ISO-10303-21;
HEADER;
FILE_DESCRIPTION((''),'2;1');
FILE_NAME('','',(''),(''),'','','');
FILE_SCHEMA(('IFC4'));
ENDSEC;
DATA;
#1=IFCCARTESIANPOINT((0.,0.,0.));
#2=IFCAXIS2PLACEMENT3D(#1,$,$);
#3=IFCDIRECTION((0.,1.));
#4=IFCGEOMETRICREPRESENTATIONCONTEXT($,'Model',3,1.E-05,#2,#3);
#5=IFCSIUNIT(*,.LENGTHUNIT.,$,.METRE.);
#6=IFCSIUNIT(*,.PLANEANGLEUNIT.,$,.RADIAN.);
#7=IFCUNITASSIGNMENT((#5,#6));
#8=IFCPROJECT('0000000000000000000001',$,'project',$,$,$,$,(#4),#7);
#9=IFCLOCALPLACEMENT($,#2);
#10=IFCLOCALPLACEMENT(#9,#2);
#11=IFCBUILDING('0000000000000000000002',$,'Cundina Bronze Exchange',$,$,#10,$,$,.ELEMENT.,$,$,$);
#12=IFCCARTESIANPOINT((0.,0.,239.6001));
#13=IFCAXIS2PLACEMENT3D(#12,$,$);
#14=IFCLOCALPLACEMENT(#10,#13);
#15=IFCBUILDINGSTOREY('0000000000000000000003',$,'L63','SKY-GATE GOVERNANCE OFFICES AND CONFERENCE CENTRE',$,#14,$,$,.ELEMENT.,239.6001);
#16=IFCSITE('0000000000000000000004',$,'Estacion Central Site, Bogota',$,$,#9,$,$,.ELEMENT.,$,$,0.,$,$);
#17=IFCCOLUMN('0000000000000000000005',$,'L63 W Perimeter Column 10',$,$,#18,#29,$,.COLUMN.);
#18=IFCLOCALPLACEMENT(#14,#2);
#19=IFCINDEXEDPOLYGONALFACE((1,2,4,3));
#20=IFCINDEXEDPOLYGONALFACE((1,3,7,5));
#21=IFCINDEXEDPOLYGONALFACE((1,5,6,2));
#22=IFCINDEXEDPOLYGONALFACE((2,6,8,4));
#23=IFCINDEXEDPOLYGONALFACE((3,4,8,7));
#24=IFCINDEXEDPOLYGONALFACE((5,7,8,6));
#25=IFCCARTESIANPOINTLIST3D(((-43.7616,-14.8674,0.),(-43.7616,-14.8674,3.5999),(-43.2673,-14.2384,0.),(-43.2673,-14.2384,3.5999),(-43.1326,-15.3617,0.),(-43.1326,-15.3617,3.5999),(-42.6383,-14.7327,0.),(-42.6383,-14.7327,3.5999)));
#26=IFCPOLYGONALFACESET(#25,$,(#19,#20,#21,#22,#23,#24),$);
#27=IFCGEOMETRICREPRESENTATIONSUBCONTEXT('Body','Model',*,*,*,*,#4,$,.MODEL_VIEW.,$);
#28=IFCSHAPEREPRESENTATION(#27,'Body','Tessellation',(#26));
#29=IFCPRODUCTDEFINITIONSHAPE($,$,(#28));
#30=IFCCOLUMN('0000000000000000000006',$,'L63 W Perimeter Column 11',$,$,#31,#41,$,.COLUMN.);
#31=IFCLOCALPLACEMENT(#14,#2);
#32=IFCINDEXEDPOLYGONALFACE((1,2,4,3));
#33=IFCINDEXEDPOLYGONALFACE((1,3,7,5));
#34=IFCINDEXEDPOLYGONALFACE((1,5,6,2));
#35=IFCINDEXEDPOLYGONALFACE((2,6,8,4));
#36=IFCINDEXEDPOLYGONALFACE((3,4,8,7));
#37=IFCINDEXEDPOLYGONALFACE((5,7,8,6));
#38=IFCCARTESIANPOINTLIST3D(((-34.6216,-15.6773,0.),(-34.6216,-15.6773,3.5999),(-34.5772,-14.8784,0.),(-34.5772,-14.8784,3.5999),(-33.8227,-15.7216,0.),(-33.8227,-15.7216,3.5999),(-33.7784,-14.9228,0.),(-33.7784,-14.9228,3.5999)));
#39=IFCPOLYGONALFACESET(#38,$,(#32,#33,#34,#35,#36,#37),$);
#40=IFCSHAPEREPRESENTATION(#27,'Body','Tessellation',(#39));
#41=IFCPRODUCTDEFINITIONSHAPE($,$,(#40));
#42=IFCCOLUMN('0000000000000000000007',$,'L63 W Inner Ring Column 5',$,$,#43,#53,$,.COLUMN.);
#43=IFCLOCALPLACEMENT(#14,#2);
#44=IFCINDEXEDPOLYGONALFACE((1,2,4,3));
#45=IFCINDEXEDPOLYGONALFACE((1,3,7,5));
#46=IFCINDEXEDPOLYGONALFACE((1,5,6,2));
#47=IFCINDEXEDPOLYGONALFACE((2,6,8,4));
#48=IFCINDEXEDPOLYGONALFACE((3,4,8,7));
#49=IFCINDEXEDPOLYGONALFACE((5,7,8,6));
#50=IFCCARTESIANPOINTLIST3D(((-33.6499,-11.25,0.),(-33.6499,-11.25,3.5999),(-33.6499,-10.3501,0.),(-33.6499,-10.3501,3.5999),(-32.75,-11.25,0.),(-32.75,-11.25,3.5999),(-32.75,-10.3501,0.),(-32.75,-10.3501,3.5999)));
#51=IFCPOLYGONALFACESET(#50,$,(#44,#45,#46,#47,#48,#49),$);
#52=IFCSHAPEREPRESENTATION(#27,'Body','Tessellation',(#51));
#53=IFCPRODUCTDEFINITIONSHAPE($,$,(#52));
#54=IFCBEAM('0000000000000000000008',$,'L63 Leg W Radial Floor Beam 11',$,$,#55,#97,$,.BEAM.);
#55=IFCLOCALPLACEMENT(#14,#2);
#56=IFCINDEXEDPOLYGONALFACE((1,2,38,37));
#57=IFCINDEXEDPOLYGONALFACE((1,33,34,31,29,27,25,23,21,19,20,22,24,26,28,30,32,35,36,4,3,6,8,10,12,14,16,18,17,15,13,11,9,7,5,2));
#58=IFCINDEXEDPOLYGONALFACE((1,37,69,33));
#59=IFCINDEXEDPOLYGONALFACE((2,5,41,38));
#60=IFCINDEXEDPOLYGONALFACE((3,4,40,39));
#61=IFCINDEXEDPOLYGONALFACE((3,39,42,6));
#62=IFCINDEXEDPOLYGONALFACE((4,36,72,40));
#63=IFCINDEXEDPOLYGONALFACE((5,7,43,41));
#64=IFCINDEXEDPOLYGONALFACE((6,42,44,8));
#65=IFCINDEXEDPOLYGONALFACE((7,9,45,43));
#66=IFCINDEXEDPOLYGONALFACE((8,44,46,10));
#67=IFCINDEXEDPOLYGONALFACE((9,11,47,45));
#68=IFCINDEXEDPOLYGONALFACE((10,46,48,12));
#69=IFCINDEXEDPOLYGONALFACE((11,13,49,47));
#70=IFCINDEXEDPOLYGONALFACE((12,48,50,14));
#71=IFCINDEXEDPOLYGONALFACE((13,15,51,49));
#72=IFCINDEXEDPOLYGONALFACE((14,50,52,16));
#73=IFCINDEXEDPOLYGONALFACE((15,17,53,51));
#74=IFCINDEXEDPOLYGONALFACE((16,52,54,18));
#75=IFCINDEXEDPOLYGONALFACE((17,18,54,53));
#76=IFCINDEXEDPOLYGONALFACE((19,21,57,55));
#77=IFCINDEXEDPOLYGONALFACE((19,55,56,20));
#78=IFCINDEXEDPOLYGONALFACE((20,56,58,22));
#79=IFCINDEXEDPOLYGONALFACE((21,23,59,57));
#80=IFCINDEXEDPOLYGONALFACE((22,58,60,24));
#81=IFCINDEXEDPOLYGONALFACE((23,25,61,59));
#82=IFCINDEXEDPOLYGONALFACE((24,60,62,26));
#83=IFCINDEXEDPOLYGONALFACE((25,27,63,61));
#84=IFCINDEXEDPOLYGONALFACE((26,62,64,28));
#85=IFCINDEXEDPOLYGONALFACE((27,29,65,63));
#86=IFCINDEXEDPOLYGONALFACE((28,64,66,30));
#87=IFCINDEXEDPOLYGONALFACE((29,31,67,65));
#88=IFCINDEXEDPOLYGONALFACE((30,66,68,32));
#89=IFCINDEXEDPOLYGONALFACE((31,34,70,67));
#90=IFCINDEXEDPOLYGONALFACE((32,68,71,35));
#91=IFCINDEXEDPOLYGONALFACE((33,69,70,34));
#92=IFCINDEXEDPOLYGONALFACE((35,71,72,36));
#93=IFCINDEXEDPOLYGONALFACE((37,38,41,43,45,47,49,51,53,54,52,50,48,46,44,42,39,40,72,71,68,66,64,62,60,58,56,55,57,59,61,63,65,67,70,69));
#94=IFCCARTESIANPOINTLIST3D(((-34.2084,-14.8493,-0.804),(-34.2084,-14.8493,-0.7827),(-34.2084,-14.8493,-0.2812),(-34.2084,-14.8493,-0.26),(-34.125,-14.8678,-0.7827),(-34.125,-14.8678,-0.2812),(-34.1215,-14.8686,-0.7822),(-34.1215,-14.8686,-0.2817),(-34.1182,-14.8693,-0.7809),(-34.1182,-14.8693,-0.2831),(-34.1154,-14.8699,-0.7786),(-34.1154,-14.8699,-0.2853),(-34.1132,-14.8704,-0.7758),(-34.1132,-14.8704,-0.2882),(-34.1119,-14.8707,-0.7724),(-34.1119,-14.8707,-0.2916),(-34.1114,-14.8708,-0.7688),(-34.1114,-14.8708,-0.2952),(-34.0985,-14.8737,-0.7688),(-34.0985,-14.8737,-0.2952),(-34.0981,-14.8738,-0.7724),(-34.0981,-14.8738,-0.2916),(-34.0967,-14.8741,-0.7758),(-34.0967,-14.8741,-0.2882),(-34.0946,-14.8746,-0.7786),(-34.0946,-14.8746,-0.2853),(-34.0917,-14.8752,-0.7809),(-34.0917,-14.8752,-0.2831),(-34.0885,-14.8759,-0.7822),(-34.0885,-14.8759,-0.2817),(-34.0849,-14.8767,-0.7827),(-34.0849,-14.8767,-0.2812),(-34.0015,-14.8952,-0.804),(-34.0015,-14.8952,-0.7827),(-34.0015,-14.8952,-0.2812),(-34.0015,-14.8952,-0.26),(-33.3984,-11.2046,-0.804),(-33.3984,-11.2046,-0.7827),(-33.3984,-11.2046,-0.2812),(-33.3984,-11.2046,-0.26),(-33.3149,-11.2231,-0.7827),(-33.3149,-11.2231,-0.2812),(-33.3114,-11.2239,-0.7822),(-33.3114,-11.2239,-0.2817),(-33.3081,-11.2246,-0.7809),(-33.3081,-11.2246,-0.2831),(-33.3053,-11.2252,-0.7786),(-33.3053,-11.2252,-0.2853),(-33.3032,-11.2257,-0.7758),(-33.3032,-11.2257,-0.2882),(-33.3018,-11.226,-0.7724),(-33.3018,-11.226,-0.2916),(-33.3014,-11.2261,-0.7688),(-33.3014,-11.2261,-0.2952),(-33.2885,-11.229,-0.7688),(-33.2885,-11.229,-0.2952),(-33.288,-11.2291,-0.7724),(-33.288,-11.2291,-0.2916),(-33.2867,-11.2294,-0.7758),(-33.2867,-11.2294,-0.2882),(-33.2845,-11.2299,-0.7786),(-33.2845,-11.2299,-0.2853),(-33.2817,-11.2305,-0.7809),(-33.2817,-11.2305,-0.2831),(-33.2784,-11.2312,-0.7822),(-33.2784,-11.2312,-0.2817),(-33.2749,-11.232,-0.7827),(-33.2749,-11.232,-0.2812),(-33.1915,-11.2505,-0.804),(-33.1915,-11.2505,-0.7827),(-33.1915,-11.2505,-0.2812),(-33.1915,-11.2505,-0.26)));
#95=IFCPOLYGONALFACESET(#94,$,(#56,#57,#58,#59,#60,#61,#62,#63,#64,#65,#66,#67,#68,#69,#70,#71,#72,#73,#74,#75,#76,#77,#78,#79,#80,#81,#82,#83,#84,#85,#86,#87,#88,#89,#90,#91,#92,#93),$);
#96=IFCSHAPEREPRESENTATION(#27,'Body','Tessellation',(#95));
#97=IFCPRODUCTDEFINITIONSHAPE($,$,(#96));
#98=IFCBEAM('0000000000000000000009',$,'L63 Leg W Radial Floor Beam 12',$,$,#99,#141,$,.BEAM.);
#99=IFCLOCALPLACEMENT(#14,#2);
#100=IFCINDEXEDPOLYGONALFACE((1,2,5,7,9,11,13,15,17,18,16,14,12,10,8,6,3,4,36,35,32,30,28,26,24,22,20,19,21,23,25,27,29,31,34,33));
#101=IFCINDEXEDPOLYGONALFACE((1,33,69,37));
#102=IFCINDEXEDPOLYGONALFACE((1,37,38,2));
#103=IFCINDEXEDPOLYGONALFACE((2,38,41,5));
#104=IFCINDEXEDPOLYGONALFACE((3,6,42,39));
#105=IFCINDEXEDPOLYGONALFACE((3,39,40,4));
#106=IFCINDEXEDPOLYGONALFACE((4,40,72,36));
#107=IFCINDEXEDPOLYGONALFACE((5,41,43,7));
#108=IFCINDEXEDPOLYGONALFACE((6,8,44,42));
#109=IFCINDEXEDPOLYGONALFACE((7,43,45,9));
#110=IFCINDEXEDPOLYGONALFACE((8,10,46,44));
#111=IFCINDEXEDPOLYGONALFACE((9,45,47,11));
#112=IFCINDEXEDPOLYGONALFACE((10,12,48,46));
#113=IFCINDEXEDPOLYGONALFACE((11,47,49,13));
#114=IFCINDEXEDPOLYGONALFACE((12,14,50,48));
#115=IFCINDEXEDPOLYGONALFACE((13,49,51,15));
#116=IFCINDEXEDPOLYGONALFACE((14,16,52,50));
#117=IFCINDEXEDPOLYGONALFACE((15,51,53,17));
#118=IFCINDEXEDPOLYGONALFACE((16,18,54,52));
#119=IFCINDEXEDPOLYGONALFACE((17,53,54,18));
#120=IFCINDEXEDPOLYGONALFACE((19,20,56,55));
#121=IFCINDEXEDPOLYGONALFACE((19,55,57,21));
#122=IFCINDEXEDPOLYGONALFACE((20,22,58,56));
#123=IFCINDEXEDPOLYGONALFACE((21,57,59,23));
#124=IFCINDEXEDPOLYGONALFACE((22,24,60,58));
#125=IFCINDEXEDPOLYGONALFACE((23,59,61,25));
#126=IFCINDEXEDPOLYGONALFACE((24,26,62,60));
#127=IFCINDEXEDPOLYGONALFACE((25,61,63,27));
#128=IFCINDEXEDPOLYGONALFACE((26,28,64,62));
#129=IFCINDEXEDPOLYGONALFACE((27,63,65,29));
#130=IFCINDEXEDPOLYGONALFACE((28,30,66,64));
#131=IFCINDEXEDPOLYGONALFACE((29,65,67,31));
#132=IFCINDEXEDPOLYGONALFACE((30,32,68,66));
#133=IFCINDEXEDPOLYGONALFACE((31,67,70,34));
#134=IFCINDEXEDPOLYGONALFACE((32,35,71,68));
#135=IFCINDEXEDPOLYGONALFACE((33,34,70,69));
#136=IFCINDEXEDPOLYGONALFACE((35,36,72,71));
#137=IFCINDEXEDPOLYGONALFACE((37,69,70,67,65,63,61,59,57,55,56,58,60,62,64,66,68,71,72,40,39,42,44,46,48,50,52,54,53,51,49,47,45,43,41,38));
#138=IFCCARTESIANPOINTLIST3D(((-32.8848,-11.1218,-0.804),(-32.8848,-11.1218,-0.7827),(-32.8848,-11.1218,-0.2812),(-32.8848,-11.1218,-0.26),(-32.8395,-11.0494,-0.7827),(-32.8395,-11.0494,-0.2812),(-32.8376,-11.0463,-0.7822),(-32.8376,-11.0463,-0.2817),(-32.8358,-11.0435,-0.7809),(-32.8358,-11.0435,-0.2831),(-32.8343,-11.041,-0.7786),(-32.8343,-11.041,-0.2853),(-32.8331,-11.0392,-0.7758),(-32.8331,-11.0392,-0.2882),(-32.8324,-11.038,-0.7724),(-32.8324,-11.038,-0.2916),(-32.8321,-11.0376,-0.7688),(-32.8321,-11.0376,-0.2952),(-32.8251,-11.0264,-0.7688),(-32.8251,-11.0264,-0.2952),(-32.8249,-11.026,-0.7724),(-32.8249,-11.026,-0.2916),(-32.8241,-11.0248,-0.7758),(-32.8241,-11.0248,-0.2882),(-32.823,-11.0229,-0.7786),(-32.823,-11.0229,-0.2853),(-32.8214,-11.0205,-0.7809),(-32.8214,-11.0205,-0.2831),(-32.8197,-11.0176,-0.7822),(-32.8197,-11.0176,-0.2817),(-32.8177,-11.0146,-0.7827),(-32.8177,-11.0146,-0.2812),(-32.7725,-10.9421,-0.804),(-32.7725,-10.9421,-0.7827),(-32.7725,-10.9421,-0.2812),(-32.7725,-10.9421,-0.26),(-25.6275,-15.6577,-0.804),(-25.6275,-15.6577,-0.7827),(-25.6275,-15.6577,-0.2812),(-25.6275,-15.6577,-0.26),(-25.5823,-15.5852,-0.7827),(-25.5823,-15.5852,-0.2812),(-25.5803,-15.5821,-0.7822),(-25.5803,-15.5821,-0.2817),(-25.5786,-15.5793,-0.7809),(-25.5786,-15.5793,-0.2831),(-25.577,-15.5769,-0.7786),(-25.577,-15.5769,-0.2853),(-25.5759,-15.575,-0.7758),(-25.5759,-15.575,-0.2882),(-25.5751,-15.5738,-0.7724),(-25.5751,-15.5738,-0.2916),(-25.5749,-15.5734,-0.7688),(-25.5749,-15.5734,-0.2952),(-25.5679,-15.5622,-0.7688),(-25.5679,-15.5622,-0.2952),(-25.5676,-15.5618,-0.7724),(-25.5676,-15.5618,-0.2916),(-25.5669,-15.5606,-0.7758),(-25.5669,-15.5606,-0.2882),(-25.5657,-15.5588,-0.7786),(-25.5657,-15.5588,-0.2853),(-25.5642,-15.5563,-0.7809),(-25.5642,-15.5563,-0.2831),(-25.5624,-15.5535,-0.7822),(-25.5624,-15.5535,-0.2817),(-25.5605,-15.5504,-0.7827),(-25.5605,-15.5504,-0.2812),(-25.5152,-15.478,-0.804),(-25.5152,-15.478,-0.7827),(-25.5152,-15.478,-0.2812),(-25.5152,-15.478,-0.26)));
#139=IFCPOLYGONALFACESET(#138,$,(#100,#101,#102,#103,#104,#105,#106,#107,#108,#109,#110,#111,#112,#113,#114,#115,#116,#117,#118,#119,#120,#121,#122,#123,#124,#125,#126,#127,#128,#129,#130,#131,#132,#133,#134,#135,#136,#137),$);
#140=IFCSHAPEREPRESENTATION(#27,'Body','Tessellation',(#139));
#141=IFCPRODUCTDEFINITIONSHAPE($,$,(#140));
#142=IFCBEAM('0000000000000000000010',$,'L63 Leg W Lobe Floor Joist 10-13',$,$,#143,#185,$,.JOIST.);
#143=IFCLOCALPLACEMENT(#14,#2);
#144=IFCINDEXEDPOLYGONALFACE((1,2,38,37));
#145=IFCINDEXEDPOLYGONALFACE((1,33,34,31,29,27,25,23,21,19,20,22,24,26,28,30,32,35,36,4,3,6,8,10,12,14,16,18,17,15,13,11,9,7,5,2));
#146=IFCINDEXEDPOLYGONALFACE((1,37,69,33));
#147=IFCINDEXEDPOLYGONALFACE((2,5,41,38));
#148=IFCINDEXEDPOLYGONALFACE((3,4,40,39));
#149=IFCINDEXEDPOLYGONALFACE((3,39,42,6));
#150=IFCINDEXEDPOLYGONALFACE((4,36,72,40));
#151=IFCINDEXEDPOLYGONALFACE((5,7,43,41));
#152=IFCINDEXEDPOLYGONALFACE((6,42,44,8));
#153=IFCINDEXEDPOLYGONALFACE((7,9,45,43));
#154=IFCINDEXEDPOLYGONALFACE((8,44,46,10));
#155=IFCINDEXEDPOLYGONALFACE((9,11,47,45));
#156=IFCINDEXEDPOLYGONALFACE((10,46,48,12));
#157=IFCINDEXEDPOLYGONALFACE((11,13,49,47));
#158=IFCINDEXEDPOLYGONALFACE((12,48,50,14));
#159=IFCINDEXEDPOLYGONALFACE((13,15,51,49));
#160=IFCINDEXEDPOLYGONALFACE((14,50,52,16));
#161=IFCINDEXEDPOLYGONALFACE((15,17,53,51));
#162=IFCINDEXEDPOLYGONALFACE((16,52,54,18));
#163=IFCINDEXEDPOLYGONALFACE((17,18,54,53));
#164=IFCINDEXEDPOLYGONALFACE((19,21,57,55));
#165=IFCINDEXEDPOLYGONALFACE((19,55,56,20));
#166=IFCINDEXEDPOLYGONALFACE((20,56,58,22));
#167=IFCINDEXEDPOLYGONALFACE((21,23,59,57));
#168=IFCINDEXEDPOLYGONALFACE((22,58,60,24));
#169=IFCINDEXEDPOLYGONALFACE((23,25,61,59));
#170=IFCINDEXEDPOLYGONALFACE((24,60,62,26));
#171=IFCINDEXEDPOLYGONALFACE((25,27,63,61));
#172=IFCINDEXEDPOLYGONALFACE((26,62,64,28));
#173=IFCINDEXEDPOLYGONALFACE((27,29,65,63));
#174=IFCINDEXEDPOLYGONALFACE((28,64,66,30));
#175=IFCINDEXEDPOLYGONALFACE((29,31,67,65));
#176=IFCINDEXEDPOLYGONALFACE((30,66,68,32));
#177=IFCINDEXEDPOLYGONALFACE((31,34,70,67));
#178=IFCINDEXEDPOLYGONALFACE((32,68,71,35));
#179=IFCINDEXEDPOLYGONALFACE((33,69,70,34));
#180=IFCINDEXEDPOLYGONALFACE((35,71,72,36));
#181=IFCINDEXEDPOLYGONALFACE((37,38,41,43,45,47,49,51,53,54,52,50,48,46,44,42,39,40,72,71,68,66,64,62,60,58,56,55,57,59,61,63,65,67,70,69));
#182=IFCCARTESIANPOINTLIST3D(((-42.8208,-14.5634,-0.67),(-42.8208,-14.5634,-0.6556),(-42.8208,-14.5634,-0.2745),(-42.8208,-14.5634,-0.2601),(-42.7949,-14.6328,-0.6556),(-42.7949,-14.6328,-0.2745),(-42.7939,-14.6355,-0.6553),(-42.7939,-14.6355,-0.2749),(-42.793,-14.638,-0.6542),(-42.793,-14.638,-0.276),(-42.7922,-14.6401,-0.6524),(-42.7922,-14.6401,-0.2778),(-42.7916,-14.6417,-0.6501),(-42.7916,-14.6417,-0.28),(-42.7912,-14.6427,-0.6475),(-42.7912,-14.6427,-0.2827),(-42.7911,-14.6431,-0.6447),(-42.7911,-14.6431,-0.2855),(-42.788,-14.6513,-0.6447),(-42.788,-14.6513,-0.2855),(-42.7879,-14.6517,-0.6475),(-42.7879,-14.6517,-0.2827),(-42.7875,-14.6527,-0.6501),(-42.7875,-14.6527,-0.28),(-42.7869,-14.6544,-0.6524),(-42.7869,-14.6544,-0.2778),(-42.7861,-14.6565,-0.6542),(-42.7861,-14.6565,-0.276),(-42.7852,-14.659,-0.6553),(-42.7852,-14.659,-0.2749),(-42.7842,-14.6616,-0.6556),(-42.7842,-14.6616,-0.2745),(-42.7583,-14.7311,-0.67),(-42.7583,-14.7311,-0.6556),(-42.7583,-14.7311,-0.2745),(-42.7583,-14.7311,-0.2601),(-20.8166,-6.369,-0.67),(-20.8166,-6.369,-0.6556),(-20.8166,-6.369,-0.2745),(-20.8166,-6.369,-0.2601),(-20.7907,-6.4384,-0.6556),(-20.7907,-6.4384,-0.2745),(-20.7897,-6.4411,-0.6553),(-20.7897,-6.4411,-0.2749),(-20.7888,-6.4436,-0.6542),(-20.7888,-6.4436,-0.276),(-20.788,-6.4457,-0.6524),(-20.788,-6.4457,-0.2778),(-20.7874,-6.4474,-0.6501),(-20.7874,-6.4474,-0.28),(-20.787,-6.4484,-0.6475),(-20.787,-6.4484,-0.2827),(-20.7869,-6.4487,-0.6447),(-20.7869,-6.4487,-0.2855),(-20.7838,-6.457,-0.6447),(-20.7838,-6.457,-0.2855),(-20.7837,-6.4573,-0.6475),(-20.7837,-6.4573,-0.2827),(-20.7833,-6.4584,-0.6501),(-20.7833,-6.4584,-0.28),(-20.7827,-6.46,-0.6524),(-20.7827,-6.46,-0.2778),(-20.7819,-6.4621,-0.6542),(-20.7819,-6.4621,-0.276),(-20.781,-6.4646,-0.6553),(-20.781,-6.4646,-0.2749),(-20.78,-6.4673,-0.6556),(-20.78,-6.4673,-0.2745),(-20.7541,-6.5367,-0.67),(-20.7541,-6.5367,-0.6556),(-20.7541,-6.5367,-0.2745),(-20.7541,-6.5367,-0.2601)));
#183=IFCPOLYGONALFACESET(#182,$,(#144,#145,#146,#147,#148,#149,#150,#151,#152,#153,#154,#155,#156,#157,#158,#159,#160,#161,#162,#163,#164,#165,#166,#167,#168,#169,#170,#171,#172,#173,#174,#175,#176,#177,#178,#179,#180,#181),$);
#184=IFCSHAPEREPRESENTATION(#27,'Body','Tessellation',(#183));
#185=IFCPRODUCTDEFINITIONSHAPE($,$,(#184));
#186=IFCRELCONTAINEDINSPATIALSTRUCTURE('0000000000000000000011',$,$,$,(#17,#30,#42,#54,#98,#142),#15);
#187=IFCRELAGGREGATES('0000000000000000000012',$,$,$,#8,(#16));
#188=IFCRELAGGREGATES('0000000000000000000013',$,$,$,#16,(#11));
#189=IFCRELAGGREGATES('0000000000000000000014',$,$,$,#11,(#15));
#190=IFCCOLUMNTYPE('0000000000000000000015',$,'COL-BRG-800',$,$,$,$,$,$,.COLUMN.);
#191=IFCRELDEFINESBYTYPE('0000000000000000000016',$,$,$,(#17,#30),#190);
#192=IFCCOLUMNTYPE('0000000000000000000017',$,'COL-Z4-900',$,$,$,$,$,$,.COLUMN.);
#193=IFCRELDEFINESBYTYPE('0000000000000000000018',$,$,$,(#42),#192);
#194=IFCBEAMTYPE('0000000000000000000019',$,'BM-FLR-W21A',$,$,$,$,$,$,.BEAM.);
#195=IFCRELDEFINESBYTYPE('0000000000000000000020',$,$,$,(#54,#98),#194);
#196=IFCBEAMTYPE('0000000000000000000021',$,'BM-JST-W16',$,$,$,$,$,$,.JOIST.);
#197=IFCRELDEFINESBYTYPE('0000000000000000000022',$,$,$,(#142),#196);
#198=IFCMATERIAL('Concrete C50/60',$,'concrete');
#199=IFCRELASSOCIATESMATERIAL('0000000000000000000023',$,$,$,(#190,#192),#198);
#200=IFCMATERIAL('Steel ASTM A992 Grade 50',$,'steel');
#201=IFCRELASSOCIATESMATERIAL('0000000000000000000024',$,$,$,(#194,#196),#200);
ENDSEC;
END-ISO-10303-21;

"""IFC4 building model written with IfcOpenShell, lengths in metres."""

from ifc_helpers import new_model, si_unit, direction, frame, origin, origin_2d, place, context, subcontext, project, spatial, rectangle, i_section, extrude, material, material_profile, profile_set, type_object, element, save


model = new_model("IFC4")

# Units and contexts
model_context = context("Model", 3, precision=1e-05, world=origin(), true_north=direction((0.0, 1.0)))
body_context = subcontext(model_context, "Body", "Model", "MODEL_VIEW")
ifc_project = project(units=[si_unit("LENGTHUNIT", "METRE"), si_unit("PLANEANGLEUNIT", "RADIAN")], contexts=[model_context])

# Site, building, storey
site_placement = place(None, origin())
site = spatial("IfcSite", under=ifc_project, at=site_placement, Name="Estacion Central Site, Bogota", CompositionType="ELEMENT", RefElevation=0.0)
building_placement = place(site_placement, origin())
building = spatial("IfcBuilding", under=site, at=building_placement, Name="Cundina Bronze Exchange", CompositionType="ELEMENT")
storey_placement = place(building_placement, frame((0.0, 0.0, 239.6001)))
storey = spatial("IfcBuildingStorey", under=building, at=storey_placement, Name="L63", Description="SKY-GATE GOVERNANCE OFFICES AND CONFERENCE CENTRE", CompositionType="ELEMENT", Elevation=239.6001)

# Columns
ifc_material_1 = material(Name="Concrete C50/60", Category="concrete")
ifc_material_profile_1 = material_profile(ifc_material_1, rectangle(XDim=0.8, YDim=0.8, at=origin_2d()), Name="RC800X800", Category="concrete")
ifc_profile_set_1 = profile_set([ifc_material_profile_1], Name="Concrete C50/60")
column_type_1 = type_object("IfcColumnType", Name="COL-BRG-800", PredefinedType="COLUMN", material=ifc_profile_set_1)
for number, where, z_axis, x_axis, name in (
    (1, (-43.2, -14.8, 0.0), (0.0, 0.0, 1.0), (0.786288, -0.61786, 0.0), "L63 W Perimeter Column 10"),
    (2, (-34.2, -15.3, 0.0), (0.0, 0.0, 1.0), (0.99846, -0.055473, 0.0), "L63 W Perimeter Column 11"),
):
    element("IfcColumn", number, at=place(storey_placement, frame(where, z_axis=z_axis, x_axis=x_axis)), inside=storey, type_object=column_type_1, Name=name, PredefinedType="COLUMN", context=body_context, shape_type="SweptSolid", body=[
        extrude(rectangle(XDim=0.8, YDim=0.8, at=origin_2d()), origin(), (0.0, 0.0, 1.0), 3.5999),
    ])
ifc_material_profile_2 = material_profile(ifc_material_1, rectangle(XDim=0.8999, YDim=0.8999, at=origin_2d()), Name="RC900X900", Category="concrete")
ifc_profile_set_2 = profile_set([ifc_material_profile_2], Name="Concrete C50/60")
column_type_2 = type_object("IfcColumnType", Name="COL-Z4-900", PredefinedType="COLUMN", material=ifc_profile_set_2)
column_placement = place(storey_placement, frame((-33.2, -10.8, 0.0), z_axis=(0.0, 0.0, 1.0), x_axis=(1.0, 0.0, 0.0)))
element("IfcColumn", 3, at=column_placement, inside=storey, type_object=column_type_2, Name="L63 W Inner Ring Column 5", PredefinedType="COLUMN", context=body_context, shape_type="SweptSolid", body=[
    extrude(rectangle(XDim=0.8999, YDim=0.8999, at=origin_2d()), origin(), (0.0, 0.0, 1.0), 3.5999),
])

# Beams
ifc_material_2 = material(Name="Steel ASTM A992 Grade 50", Category="steel")
ifc_material_profile_3 = material_profile(ifc_material_2, i_section(OverallWidth=0.2119, OverallDepth=0.5439, WebThickness=0.0132, FlangeThickness=0.0212, FilletRadius=0.0139, at=origin_2d()), Name="W21X83", Category="steel")
ifc_profile_set_3 = profile_set([ifc_material_profile_3], Name="Steel ASTM A992 Grade 50")
beam_type_1 = type_object("IfcBeamType", Name="BM-FLR-W21A", PredefinedType="BEAM", material=ifc_profile_set_3)
beam_1_placement = place(storey_placement, frame((-33.2949, -11.2275, -0.532), z_axis=(-0.216958, -0.976181, 0.0), x_axis=(0.976181, -0.216958, 0.0)))
element("IfcBeam", 4, at=beam_1_placement, inside=storey, type_object=beam_type_1, Name="L63 Leg W Radial Floor Beam 11", PredefinedType="BEAM", context=body_context, shape_type="SweptSolid", body=[
    extrude(i_section(OverallWidth=0.2119, OverallDepth=0.5439, WebThickness=0.0132, FlangeThickness=0.0212, FilletRadius=0.0139, at=origin_2d()), origin(), (0.0, 0.0, 1.0), 3.7336),
])
beam_2_placement = place(storey_placement, frame((-32.8286, -11.032, -0.532), z_axis=(0.847995, -0.530004, 0.0), x_axis=(0.530004, 0.847995, 0.0)))
element("IfcBeam", 5, at=beam_2_placement, inside=storey, type_object=beam_type_1, Name="L63 Leg W Radial Floor Beam 12", PredefinedType="BEAM", context=body_context, shape_type="SweptSolid", body=[
    extrude(i_section(OverallWidth=0.2119, OverallDepth=0.5439, WebThickness=0.0132, FlangeThickness=0.0212, FilletRadius=0.0139, at=origin_2d()), origin(), (0.0, 0.0, 1.0), 8.5581),
])
ifc_material_profile_4 = material_profile(ifc_material_2, i_section(OverallWidth=0.179, OverallDepth=0.4099, WebThickness=0.0088, FlangeThickness=0.0144, FilletRadius=0.011, at=origin_2d()), Name="W16X45", Category="steel")
ifc_profile_set_4 = profile_set([ifc_material_profile_4], Name="Steel ASTM A992 Grade 50")
beam_type_2 = type_object("IfcBeamType", Name="BM-JST-W16", PredefinedType="JOIST", material=ifc_profile_set_4)
beam_3_placement = place(storey_placement, frame((-42.7896, -14.6472, -0.4651), z_axis=(0.937128, 0.348986, 0.0), x_axis=(-0.348986, 0.937128, 0.0)))
element("IfcBeam", 6, at=beam_3_placement, inside=storey, type_object=beam_type_2, Name="L63 Leg W Lobe Floor Joist 10-13", PredefinedType="JOIST", context=body_context, shape_type="SweptSolid", body=[
    extrude(i_section(OverallWidth=0.179, OverallDepth=0.4099, WebThickness=0.0088, FlangeThickness=0.0144, FilletRadius=0.011, at=origin_2d()), origin(), (0.0, 0.0, 1.0), 23.4805),
])

save(model, "model.ifc")
